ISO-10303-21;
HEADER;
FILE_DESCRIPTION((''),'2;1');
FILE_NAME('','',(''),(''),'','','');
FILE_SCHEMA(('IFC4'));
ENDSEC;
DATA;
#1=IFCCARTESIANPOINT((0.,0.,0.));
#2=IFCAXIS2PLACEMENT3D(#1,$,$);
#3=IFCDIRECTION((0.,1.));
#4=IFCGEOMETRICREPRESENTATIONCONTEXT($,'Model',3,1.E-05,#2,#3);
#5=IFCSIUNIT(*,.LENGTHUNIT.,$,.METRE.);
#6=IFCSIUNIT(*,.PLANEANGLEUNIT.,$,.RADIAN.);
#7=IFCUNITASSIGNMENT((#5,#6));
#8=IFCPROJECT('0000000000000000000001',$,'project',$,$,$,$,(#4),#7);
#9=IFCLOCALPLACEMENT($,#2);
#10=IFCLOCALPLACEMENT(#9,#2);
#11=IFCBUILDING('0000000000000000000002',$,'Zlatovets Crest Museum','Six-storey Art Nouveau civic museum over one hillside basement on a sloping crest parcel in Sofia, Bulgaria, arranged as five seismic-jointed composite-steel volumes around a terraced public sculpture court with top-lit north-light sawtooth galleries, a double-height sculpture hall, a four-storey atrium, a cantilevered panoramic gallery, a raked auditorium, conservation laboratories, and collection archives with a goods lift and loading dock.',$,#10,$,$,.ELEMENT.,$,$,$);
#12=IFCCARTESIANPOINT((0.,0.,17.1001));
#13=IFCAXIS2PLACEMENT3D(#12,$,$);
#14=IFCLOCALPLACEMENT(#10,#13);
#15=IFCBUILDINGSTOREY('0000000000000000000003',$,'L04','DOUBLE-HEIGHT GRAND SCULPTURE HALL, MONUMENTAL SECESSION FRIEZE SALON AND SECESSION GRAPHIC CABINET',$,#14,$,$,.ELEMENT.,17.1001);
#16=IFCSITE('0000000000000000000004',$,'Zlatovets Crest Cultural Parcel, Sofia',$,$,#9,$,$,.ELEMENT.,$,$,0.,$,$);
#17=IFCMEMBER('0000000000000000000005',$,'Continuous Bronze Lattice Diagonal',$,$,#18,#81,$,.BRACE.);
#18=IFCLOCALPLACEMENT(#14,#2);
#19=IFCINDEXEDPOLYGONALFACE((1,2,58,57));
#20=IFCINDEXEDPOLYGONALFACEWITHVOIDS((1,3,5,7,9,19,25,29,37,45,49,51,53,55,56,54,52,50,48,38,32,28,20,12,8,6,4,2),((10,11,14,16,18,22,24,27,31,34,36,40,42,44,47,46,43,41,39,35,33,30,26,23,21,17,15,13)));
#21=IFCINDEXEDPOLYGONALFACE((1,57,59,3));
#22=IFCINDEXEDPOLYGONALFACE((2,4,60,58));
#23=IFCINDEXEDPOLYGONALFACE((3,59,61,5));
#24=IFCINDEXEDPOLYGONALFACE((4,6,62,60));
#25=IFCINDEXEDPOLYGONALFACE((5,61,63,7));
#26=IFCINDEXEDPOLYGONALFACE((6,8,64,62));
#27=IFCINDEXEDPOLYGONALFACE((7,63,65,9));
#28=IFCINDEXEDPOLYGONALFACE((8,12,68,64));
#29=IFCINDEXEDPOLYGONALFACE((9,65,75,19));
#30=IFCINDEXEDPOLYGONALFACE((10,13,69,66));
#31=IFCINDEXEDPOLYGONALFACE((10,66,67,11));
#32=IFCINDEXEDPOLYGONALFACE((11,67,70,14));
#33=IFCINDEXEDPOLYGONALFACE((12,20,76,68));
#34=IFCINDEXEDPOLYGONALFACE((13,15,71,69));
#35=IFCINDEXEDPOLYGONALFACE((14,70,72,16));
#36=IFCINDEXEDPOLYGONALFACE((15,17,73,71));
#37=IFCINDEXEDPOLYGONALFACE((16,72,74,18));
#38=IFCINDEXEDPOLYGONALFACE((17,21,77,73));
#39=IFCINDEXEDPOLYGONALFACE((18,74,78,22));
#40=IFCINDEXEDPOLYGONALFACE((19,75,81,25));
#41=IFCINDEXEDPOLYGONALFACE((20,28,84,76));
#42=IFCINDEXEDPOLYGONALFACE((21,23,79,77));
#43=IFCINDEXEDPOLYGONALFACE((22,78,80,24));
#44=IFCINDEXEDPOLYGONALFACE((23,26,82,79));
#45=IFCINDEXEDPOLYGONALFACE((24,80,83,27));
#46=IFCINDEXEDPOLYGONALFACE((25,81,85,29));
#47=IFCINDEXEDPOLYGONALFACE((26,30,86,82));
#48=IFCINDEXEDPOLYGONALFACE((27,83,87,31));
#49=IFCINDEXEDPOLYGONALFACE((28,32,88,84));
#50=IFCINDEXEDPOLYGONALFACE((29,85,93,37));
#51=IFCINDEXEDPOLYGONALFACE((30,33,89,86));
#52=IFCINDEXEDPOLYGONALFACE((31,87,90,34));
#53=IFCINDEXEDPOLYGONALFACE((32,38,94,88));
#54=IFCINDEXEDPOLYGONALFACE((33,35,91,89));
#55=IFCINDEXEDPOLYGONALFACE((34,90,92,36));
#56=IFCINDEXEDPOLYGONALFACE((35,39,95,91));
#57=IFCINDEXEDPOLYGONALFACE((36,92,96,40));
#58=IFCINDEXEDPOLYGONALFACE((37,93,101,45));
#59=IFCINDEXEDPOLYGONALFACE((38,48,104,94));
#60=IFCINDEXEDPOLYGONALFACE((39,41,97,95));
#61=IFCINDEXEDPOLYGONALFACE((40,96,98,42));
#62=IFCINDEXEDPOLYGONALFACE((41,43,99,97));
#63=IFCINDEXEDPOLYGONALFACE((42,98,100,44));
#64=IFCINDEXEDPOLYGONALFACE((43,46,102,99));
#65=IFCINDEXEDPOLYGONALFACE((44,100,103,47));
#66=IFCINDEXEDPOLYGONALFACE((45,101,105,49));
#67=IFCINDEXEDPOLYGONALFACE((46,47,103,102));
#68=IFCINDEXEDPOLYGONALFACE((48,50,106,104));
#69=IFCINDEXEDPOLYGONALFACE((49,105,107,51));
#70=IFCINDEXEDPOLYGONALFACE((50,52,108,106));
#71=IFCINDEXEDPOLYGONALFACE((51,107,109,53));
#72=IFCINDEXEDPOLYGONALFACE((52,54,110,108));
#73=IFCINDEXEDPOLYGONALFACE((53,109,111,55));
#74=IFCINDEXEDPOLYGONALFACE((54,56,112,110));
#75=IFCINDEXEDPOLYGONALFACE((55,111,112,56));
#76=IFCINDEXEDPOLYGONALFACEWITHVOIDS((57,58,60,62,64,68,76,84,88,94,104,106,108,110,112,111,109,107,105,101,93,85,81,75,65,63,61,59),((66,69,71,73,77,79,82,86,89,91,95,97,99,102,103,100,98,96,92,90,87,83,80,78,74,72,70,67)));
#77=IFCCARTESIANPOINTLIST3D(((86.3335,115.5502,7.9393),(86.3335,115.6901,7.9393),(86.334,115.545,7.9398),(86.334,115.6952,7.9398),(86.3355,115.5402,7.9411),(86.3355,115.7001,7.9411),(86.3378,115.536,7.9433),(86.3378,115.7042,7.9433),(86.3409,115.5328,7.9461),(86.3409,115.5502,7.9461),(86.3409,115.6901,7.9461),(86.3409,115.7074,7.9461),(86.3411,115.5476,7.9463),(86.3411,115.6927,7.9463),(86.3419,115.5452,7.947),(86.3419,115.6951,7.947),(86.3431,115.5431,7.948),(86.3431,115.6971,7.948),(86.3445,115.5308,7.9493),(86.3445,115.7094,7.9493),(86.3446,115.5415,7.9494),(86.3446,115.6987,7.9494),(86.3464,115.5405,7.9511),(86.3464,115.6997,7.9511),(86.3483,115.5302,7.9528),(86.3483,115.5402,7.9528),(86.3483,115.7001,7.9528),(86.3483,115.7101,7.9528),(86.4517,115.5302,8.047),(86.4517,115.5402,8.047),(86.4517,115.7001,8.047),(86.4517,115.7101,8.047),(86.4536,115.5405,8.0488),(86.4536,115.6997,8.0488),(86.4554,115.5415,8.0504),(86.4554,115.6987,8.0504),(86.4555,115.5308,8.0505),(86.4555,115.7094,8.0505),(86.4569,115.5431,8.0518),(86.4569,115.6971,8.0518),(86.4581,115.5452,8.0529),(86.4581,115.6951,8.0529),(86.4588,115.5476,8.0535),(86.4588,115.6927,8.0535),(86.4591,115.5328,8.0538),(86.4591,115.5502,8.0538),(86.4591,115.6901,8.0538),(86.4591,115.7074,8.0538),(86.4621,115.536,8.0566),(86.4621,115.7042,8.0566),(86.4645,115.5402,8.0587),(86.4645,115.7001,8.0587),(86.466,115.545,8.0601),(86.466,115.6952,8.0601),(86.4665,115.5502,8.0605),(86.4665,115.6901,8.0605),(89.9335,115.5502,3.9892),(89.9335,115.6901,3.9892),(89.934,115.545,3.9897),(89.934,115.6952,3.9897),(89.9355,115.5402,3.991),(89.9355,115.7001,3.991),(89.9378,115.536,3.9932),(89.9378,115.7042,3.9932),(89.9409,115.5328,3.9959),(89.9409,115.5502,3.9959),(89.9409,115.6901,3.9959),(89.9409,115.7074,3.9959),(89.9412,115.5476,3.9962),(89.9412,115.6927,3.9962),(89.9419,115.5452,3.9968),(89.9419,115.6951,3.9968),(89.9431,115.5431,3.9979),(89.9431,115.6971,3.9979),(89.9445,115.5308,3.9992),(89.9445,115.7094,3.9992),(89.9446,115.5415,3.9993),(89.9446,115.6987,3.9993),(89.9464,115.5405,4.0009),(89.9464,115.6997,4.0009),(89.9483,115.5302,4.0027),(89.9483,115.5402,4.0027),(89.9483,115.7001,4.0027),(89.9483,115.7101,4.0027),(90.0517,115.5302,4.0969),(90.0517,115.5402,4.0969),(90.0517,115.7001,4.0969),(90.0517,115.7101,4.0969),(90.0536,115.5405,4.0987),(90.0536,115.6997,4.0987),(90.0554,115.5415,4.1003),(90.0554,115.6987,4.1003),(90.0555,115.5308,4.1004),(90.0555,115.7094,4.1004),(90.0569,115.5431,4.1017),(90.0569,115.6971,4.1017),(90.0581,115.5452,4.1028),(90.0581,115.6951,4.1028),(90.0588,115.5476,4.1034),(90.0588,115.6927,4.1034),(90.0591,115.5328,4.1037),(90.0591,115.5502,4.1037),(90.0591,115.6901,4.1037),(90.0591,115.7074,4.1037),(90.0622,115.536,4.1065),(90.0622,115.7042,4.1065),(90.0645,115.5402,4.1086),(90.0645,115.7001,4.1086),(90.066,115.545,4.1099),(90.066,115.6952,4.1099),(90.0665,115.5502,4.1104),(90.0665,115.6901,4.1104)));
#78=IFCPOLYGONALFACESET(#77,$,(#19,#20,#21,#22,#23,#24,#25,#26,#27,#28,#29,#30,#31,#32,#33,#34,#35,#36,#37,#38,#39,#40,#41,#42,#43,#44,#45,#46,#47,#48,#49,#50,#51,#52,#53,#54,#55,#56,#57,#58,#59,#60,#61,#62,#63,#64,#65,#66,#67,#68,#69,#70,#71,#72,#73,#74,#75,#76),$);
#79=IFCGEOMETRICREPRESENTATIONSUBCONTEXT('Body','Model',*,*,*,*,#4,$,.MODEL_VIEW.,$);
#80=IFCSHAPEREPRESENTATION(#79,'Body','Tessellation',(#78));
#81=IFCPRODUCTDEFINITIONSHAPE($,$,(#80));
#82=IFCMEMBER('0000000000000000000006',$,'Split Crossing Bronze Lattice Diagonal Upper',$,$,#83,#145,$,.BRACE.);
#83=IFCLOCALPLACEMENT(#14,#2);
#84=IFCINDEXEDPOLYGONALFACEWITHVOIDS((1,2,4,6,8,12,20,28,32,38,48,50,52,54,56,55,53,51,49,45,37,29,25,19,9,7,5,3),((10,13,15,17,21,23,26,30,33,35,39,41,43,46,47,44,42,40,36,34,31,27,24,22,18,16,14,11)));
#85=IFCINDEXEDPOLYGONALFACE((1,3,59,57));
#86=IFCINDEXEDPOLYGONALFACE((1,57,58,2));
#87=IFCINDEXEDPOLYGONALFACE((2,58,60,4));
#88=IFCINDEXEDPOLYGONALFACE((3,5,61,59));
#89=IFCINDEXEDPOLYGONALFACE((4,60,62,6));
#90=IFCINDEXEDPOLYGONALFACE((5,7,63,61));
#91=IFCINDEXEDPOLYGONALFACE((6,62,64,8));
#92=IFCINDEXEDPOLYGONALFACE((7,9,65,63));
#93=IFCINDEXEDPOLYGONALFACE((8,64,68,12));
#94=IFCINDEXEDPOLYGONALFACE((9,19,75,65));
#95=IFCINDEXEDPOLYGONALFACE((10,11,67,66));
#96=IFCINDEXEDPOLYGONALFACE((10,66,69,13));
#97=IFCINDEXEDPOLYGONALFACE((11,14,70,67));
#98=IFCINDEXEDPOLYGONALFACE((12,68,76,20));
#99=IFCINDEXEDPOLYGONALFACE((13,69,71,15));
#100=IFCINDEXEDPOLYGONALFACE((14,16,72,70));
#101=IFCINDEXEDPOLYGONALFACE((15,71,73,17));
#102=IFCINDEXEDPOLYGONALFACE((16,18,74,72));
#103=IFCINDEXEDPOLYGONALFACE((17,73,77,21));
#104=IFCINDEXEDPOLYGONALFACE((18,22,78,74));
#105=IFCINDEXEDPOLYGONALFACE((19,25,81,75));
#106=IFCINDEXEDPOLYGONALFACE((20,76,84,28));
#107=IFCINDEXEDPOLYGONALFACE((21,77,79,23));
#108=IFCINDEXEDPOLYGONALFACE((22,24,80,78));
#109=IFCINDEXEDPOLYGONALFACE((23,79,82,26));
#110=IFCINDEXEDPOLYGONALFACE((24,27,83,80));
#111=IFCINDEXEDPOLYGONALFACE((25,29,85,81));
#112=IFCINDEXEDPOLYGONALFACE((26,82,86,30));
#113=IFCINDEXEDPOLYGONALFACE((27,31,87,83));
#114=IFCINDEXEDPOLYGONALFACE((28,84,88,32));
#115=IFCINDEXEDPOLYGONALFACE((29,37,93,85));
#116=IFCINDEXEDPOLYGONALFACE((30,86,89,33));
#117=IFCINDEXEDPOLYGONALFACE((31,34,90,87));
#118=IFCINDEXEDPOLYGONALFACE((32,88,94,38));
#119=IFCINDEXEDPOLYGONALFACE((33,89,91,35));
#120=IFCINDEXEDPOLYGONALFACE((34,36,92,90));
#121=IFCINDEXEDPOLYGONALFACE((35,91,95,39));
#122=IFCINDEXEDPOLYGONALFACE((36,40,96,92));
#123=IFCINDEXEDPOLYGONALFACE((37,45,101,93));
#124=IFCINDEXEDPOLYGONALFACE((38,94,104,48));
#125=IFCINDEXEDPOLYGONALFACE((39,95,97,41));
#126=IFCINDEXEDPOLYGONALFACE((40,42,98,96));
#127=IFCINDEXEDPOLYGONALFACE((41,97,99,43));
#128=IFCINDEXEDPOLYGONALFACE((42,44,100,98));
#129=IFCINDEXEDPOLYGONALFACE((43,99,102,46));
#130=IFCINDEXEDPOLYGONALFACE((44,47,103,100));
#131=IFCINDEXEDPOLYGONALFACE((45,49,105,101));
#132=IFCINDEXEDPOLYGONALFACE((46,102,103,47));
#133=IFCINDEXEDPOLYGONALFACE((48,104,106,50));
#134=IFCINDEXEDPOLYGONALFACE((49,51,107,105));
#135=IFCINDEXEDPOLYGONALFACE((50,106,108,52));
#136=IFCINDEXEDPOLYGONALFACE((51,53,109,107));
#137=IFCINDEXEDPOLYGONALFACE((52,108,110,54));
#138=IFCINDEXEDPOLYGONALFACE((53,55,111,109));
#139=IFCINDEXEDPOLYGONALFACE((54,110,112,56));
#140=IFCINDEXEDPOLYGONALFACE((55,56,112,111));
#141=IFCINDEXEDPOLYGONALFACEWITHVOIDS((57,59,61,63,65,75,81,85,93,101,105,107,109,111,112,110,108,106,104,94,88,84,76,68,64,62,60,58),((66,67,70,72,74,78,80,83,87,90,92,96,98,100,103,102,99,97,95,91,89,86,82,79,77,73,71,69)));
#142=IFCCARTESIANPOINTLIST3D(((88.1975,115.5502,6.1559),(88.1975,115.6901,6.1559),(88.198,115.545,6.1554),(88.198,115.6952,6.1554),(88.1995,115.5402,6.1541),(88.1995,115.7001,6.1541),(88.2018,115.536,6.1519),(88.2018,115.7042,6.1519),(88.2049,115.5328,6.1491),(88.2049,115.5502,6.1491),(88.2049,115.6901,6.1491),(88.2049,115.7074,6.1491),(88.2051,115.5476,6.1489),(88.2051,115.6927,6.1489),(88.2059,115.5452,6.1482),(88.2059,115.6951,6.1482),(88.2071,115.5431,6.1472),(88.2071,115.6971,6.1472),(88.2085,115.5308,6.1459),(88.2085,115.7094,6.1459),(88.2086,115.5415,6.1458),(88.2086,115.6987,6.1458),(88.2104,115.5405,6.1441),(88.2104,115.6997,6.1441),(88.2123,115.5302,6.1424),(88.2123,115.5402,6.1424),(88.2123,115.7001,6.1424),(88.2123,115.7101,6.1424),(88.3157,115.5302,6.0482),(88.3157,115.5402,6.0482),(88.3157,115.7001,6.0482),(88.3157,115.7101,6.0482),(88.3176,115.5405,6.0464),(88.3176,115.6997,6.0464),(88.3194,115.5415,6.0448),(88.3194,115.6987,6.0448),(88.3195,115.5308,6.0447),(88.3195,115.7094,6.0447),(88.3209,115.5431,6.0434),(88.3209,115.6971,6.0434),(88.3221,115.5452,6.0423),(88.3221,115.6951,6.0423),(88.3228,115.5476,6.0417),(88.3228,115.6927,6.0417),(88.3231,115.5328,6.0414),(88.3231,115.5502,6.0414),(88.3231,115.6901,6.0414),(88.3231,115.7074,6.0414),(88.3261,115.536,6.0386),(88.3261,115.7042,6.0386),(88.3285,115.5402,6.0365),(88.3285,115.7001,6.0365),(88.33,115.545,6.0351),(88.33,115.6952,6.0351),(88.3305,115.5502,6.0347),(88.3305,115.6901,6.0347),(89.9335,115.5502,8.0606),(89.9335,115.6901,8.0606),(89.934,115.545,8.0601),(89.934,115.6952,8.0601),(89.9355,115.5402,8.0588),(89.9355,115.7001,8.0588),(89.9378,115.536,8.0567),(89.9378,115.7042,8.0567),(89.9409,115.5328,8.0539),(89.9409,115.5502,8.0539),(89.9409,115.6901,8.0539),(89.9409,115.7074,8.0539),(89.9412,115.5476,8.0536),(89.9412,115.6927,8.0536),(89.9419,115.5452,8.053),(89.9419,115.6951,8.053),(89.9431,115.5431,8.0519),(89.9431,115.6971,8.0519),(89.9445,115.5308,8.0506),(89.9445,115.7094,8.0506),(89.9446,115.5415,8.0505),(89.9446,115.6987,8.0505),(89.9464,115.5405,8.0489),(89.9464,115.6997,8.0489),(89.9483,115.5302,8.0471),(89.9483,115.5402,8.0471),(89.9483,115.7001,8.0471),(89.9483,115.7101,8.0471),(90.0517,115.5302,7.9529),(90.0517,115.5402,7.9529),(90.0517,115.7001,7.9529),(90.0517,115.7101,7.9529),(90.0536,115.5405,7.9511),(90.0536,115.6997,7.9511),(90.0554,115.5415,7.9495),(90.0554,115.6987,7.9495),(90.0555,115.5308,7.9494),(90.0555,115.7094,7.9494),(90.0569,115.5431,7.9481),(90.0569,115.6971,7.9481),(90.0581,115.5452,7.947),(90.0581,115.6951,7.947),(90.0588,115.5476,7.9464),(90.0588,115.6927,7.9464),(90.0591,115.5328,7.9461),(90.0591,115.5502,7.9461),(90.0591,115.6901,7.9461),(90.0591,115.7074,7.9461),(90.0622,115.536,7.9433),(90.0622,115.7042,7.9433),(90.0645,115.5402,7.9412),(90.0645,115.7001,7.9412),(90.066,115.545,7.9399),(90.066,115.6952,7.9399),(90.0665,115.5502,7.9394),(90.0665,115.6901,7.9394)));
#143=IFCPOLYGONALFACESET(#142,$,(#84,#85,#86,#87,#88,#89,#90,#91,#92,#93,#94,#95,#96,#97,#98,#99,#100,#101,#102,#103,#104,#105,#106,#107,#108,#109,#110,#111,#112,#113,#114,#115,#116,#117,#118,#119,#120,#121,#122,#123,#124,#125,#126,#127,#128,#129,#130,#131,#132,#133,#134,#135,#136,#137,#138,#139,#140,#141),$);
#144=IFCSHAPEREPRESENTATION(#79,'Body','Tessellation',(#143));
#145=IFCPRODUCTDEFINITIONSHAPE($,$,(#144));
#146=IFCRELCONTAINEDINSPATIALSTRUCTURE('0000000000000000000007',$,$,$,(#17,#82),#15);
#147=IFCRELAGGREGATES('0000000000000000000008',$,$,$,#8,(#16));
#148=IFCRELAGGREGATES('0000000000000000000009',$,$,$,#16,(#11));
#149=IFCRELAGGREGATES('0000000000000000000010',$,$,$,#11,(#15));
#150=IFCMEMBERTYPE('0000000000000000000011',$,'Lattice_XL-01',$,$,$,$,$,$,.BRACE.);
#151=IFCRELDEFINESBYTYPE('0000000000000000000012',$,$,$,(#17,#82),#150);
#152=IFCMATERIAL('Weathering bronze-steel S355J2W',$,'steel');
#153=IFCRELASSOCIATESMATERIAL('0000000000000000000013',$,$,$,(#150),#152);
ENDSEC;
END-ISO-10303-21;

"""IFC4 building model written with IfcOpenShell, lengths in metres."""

from ifc_helpers import new_model, si_unit, direction, frame, origin, origin_2d, place, context, subcontext, project, spatial, hollow_rectangle, extrude, material, material_profile, profile_set, type_object, element, save


model = new_model("IFC4")

# Units and contexts
model_context = context("Model", 3, precision=1e-05, world=origin(), true_north=direction((0.0, 1.0)))
body_context = subcontext(model_context, "Body", "Model", "MODEL_VIEW")
ifc_project = project(units=[si_unit("LENGTHUNIT", "METRE"), si_unit("PLANEANGLEUNIT", "RADIAN")], contexts=[model_context])

# Site, building, storey
site_placement = place(None, origin())
site = spatial("IfcSite", under=ifc_project, at=site_placement, Name="Zlatovets Crest Cultural Parcel, Sofia", CompositionType="ELEMENT", RefElevation=0.0)
building_placement = place(site_placement, origin())
building = spatial("IfcBuilding", under=site, at=building_placement, Name="Zlatovets Crest Museum", Description="Six-storey Art Nouveau civic museum over one hillside basement on a sloping crest parcel in Sofia, Bulgaria, arranged as five seismic-jointed composite-steel volumes around a terraced public sculpture court with top-lit north-light sawtooth galleries, a double-height sculpture hall, a four-storey atrium, a cantilevered panoramic gallery, a raked auditorium, conservation laboratories, and collection archives with a goods lift and loading dock.", CompositionType="ELEMENT")
storey_placement = place(building_placement, frame((0.0, 0.0, 17.1001)))
storey = spatial("IfcBuildingStorey", under=building, at=storey_placement, Name="L04", Description="DOUBLE-HEIGHT GRAND SCULPTURE HALL, MONUMENTAL SECESSION FRIEZE SALON AND SECESSION GRAPHIC CABINET", CompositionType="ELEMENT", Elevation=17.1001)

# Members
ifc_material_1 = material(Name="Weathering bronze-steel S355J2W", Category="steel")
ifc_material_profile_1 = material_profile(ifc_material_1, hollow_rectangle(XDim=0.1799, YDim=0.1799, WallThickness=0.01, InnerFilletRadius=0.01, OuterFilletRadius=0.02, at=origin_2d()), Name="SHS 180x180x10.0")
ifc_profile_set_1 = profile_set([ifc_material_profile_1], Name="Weathering bronze-steel S355J2W")
member_type_1 = type_object("IfcMemberType", Name="Lattice_XL-01", PredefinedType="BRACE", material=ifc_profile_set_1)
member_1_placement = place(storey_placement, frame((90.0, 115.6201, 4.0498), z_axis=(-0.673595, 0.0, 0.7391), x_axis=(0.0, -1.0, 0.0)))
element("IfcMember", 1, at=member_1_placement, inside=storey, type_object=member_type_1, Name="Continuous Bronze Lattice Diagonal", PredefinedType="BRACE", context=body_context, shape_type="SweptSolid", body=[
    extrude(hollow_rectangle(XDim=0.1799, YDim=0.1799, WallThickness=0.01, InnerFilletRadius=0.01, OuterFilletRadius=0.02, at=origin_2d()), origin(), (0.0, 0.0, 1.0), 5.3445),
])
for number, where, z_axis, x_axis, name in (
    (2, (90.0, 115.6201, 8.0), (-0.67362, 0.0, -0.739078), (0.0, -1.0, 0.0), "Split Crossing Bronze Lattice Diagonal Upper"),
):
    element("IfcMember", number, at=place(storey_placement, frame(where, z_axis=z_axis, x_axis=x_axis)), inside=storey, type_object=member_type_1, Name=name, PredefinedType="BRACE", context=body_context, shape_type="SweptSolid", body=[
        extrude(hollow_rectangle(XDim=0.1799, YDim=0.1799, WallThickness=0.01, InnerFilletRadius=0.01, OuterFilletRadius=0.02, at=origin_2d()), origin(), (0.0, 0.0, 1.0), 2.5771),
    ])

save(model, "model.ifc")
